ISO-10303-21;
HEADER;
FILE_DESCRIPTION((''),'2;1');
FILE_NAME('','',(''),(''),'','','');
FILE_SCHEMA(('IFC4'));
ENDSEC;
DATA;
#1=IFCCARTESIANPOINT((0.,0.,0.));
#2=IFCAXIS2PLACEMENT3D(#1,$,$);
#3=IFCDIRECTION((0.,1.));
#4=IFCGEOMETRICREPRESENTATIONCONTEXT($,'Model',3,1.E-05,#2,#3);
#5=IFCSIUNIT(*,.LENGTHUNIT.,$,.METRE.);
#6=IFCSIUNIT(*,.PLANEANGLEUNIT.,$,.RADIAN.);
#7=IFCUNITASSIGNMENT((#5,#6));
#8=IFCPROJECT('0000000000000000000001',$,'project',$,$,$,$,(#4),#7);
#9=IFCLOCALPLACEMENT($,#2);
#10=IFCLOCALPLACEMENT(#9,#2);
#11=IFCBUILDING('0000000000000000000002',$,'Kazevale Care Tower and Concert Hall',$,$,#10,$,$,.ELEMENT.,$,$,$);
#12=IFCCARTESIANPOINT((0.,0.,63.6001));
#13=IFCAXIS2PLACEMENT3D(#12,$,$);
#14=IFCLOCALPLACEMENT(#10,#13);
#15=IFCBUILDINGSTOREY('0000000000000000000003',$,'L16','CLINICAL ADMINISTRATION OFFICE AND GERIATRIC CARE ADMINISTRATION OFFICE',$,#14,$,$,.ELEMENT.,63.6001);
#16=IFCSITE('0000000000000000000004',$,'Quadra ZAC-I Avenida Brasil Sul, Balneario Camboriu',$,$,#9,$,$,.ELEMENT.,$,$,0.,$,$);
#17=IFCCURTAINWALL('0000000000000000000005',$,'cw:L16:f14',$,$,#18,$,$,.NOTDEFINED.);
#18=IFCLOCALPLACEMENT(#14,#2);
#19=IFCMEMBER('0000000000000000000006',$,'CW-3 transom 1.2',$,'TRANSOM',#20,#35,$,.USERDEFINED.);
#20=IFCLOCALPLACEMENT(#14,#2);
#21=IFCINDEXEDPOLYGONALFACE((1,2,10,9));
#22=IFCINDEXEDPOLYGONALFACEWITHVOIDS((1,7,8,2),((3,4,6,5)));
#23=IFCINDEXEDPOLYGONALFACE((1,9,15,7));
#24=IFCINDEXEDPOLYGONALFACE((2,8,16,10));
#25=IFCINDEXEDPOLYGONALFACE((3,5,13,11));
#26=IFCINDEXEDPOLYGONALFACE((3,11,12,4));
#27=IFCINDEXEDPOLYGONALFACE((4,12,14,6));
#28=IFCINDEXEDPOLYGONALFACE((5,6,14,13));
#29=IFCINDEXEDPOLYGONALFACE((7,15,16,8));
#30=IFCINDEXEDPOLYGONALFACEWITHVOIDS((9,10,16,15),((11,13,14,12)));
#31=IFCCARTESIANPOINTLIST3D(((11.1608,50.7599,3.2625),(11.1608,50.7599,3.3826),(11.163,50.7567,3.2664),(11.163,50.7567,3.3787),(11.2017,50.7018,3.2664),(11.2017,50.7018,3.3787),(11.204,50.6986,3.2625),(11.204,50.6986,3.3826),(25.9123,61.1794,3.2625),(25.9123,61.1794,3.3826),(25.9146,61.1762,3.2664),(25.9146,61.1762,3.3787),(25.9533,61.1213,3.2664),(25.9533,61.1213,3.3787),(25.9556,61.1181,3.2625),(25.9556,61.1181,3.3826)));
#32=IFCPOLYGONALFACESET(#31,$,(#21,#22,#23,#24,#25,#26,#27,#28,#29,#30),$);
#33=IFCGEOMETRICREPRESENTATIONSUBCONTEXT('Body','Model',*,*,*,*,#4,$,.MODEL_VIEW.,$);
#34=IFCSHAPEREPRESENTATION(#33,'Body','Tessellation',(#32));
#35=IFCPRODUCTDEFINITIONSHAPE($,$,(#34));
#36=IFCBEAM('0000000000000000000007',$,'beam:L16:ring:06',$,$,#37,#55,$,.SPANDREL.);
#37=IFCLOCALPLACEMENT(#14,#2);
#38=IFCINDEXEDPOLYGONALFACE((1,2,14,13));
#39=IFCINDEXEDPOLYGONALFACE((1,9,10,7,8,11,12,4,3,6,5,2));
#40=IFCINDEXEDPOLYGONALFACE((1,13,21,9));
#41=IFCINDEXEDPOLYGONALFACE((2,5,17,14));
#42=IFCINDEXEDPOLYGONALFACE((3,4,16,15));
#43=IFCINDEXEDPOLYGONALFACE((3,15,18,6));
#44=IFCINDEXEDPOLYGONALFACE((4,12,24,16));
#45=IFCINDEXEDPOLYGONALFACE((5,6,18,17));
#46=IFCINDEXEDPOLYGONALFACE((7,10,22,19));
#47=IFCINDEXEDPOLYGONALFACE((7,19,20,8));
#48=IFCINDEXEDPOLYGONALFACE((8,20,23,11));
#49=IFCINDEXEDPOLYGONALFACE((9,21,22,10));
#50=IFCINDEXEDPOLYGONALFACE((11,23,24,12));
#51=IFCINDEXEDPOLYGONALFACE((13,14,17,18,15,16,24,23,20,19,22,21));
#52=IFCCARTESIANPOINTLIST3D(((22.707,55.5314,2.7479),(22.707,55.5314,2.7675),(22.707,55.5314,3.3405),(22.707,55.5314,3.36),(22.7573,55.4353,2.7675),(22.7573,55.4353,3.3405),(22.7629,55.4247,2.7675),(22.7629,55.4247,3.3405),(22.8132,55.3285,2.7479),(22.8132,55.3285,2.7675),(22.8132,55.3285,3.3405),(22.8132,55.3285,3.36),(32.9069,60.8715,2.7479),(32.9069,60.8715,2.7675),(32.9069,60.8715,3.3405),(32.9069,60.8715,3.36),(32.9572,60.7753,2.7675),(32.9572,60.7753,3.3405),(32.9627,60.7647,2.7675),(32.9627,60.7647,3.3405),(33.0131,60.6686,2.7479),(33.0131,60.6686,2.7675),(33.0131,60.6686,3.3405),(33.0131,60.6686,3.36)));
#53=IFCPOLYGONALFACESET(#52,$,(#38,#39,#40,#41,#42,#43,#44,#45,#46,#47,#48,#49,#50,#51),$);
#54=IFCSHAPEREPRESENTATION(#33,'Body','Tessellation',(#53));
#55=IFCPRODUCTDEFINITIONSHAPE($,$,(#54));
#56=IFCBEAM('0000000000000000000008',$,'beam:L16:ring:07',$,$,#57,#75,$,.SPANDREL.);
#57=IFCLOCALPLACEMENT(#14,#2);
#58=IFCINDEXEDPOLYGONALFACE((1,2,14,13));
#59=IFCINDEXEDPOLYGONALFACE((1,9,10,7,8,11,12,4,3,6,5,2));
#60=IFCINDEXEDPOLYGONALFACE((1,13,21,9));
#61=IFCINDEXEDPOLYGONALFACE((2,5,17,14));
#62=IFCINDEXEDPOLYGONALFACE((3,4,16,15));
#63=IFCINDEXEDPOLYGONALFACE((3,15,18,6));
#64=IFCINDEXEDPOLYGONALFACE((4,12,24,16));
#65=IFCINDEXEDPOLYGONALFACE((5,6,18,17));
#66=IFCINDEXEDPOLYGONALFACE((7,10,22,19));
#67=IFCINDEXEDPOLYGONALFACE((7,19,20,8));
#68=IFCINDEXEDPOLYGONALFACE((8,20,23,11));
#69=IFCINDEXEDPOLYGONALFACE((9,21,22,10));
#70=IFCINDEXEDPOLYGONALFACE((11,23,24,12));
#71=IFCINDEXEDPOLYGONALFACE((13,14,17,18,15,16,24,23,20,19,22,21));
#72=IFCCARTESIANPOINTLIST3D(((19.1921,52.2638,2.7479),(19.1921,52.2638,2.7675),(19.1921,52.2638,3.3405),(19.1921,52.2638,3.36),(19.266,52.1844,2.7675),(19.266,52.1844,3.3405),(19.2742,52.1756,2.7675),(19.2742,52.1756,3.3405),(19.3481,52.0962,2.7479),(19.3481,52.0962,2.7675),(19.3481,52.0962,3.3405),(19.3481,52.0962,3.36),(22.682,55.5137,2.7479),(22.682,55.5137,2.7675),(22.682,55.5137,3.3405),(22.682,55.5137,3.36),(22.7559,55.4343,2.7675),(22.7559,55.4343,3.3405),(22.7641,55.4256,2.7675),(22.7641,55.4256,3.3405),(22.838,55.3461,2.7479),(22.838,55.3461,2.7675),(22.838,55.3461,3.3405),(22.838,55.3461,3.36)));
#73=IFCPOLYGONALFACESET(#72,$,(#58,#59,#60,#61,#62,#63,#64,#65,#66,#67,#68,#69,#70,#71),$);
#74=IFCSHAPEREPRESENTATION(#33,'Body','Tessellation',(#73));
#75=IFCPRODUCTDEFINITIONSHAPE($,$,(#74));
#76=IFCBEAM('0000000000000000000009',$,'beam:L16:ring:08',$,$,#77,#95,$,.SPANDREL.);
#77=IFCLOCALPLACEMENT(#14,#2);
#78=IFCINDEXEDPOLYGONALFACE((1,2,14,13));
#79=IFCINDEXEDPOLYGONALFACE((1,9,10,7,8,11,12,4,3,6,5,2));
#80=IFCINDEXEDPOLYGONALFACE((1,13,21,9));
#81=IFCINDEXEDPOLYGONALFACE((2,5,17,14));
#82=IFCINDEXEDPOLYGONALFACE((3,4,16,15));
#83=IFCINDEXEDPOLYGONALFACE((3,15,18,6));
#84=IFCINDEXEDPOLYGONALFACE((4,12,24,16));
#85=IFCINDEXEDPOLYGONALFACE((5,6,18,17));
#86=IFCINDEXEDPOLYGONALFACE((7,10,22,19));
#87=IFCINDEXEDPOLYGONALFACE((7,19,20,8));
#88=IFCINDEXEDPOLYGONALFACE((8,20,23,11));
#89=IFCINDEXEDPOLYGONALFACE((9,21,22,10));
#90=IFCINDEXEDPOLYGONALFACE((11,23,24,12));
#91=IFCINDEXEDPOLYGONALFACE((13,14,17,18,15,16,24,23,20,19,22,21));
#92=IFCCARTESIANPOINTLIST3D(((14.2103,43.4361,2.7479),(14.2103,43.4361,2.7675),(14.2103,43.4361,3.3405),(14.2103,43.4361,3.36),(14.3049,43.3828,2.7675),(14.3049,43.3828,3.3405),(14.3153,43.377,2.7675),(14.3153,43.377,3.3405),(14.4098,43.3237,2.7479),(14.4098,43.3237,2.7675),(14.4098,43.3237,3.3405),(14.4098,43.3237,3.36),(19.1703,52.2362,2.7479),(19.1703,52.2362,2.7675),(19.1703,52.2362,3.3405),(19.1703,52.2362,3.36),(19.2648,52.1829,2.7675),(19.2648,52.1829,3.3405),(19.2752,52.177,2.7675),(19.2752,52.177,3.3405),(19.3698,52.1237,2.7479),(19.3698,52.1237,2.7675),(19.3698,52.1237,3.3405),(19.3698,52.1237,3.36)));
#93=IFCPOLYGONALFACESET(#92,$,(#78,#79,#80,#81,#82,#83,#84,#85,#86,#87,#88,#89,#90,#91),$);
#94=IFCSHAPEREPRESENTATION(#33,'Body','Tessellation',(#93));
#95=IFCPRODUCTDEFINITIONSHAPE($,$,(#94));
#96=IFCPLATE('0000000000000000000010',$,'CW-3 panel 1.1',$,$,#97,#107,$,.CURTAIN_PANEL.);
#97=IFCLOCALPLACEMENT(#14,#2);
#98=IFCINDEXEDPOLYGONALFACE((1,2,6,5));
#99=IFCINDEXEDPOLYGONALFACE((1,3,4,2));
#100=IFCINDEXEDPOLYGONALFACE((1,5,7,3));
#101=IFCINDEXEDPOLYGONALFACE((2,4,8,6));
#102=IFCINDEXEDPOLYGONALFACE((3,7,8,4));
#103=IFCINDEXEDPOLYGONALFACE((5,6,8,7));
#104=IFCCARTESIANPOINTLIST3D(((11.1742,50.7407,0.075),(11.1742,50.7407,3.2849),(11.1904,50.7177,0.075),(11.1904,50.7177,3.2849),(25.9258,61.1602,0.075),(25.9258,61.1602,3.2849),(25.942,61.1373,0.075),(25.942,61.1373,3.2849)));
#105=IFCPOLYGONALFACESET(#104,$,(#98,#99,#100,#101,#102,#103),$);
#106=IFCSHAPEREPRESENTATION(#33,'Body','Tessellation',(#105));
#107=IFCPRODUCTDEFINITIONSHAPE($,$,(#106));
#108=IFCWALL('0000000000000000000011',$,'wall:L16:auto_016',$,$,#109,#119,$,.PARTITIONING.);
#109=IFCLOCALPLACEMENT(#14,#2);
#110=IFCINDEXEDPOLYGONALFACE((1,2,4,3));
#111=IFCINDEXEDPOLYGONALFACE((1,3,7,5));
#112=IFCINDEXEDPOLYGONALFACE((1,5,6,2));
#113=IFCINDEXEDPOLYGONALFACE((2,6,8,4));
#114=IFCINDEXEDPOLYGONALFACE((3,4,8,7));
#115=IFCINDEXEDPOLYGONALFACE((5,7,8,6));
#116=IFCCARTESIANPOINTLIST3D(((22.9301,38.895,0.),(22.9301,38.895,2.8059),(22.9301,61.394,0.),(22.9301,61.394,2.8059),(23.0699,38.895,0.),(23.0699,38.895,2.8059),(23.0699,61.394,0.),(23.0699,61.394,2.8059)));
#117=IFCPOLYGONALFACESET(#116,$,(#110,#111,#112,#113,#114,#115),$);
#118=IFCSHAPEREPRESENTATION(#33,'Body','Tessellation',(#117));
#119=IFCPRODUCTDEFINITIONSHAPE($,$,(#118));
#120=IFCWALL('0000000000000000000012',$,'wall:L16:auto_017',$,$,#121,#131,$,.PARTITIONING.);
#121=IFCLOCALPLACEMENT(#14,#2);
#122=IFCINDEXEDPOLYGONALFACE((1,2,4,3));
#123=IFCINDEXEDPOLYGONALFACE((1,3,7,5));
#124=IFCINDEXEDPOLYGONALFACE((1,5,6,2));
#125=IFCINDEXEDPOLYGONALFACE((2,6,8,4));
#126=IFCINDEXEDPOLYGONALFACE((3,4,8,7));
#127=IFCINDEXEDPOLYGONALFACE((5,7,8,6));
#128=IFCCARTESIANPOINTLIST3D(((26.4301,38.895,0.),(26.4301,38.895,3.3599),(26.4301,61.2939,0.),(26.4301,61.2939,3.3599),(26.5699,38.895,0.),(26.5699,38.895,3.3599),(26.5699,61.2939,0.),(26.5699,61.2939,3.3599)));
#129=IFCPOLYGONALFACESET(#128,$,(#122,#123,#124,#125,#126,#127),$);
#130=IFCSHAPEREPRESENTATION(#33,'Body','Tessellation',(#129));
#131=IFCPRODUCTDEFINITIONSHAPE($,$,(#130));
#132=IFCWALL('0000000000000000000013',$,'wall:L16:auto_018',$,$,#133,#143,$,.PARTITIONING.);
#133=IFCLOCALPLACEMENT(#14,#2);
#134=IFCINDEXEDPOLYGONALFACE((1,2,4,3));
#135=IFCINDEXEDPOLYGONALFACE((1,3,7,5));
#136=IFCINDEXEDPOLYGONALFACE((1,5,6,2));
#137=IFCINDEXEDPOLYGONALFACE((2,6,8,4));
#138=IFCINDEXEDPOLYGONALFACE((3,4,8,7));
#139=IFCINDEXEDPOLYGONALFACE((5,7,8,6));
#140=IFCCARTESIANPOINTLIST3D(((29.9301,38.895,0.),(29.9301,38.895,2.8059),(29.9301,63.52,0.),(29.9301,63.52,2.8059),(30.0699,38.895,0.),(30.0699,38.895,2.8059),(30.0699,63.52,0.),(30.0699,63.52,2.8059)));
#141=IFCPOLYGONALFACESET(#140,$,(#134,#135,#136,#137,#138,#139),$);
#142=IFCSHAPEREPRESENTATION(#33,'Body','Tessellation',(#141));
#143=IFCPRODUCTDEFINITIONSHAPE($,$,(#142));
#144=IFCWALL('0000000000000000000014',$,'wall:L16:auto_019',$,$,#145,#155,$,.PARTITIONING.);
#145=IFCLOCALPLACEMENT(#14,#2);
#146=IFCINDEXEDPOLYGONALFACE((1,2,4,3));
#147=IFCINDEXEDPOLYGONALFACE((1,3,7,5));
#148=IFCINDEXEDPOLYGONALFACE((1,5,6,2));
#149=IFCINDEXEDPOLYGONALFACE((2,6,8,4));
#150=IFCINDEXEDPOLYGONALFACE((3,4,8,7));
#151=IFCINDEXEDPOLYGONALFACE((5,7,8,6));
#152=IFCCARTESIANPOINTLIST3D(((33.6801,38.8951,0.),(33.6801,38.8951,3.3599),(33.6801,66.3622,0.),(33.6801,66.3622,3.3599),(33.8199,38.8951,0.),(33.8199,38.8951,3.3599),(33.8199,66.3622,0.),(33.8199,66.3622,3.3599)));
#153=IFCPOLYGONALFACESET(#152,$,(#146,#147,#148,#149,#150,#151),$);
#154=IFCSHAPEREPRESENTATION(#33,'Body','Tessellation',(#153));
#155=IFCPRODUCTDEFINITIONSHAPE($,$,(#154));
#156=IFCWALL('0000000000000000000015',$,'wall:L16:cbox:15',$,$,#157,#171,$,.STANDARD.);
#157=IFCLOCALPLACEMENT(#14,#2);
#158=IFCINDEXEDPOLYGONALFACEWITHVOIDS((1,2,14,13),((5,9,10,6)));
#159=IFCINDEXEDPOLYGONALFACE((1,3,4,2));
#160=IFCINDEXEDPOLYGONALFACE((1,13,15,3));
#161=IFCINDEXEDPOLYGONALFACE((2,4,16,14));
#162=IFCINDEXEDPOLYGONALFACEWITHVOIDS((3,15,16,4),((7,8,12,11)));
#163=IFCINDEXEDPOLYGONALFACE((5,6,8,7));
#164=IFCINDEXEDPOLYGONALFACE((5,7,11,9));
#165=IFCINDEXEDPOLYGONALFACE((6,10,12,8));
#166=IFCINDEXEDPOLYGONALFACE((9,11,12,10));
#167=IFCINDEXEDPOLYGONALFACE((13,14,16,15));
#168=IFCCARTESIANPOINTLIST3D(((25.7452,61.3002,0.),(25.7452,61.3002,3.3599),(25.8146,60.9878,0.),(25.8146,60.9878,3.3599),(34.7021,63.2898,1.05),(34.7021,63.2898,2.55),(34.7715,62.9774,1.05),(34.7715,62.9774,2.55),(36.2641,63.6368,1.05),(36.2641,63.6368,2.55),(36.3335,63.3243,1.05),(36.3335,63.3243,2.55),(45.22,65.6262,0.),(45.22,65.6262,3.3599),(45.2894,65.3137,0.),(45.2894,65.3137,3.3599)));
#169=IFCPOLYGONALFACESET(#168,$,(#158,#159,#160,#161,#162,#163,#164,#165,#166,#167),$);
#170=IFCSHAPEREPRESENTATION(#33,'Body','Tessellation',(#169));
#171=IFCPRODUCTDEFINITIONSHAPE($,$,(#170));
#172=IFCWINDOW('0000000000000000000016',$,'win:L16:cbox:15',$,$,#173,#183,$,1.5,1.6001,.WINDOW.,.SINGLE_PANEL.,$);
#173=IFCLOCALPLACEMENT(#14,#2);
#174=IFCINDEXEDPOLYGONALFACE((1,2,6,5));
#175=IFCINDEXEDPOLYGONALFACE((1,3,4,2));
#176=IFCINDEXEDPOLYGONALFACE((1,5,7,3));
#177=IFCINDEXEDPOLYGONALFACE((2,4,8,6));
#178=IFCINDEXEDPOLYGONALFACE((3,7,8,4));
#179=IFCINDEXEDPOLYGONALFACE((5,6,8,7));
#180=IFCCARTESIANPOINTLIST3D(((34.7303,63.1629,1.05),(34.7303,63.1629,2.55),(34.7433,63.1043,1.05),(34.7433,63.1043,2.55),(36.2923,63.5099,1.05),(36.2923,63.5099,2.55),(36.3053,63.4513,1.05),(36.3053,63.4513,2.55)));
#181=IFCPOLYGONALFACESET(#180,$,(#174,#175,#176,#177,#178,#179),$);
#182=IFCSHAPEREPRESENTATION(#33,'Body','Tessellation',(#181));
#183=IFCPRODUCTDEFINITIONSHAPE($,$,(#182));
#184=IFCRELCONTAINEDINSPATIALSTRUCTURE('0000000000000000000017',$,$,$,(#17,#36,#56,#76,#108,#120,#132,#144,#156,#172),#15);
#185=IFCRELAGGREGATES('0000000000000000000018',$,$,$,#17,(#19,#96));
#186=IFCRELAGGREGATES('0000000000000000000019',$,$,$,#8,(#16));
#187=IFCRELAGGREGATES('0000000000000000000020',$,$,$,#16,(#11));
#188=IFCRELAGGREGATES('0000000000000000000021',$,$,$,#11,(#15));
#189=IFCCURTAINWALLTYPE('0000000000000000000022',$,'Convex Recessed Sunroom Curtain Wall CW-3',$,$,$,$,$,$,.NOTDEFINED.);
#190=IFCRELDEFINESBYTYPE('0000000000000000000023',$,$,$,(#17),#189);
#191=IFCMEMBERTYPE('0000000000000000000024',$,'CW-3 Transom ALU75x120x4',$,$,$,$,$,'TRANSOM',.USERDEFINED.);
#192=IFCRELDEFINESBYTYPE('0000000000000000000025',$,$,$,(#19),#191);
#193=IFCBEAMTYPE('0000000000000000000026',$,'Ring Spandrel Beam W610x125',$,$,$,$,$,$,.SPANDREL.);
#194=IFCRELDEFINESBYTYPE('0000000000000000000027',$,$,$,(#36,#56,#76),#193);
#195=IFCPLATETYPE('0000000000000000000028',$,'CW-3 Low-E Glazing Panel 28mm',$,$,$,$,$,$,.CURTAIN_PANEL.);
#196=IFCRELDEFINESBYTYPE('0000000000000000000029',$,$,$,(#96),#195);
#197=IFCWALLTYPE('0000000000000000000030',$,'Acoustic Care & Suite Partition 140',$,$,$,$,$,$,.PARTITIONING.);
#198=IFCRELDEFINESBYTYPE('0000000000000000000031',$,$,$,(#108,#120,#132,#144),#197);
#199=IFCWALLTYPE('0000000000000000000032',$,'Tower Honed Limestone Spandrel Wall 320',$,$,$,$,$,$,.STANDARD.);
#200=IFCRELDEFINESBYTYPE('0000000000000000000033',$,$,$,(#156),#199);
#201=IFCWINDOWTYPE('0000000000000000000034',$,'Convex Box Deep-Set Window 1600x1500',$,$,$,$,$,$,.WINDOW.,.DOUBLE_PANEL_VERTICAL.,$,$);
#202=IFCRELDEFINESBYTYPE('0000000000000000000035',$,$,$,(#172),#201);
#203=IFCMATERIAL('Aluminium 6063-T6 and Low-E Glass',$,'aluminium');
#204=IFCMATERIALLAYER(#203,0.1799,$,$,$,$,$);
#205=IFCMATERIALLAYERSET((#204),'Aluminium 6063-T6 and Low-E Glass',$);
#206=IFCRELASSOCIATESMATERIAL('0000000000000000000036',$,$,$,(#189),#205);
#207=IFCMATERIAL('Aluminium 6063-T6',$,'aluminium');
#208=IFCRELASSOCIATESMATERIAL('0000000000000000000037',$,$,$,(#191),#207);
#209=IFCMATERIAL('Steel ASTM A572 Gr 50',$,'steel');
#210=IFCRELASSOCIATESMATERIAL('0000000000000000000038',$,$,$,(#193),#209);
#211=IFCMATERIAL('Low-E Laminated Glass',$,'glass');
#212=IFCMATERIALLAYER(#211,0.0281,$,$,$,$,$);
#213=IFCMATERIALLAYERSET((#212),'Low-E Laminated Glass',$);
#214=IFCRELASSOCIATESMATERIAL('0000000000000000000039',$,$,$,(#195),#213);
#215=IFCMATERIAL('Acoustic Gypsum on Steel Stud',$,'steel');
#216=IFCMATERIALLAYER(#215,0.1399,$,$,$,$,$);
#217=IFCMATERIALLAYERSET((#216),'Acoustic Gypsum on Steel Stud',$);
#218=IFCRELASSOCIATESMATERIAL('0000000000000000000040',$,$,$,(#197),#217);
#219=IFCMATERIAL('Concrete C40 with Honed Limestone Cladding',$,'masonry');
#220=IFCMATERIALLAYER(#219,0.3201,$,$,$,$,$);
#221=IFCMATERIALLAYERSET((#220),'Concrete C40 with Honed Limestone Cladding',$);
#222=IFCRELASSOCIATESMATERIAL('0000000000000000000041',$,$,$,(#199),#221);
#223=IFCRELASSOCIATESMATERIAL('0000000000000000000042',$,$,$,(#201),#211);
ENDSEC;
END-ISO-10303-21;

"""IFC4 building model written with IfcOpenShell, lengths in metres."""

from ifc_helpers import new_model, si_unit, direction, frame, frame_2d, origin, origin_2d, place, context, subcontext, project, spatial, rectangle, hollow_rectangle, i_section, extrude, material, layer, layer_set, material_profile, profile_set, type_object, element, fill, aggregate, save


model = new_model("IFC4")

# Units and contexts
model_context = context("Model", 3, precision=1e-05, world=origin(), true_north=direction((0.0, 1.0)))
body_context = subcontext(model_context, "Body", "Model", "MODEL_VIEW")
ifc_project = project(units=[si_unit("LENGTHUNIT", "METRE"), si_unit("PLANEANGLEUNIT", "RADIAN")], contexts=[model_context])

# Site, building, storey
site_placement = place(None, origin())
site = spatial("IfcSite", under=ifc_project, at=site_placement, Name="Quadra ZAC-I Avenida Brasil Sul, Balneario Camboriu", CompositionType="ELEMENT", RefElevation=0.0)
building_placement = place(site_placement, origin())
building = spatial("IfcBuilding", under=site, at=building_placement, Name="Kazevale Care Tower and Concert Hall", CompositionType="ELEMENT")
storey_placement = place(building_placement, frame((0.0, 0.0, 63.6001)))
storey = spatial("IfcBuildingStorey", under=building, at=storey_placement, Name="L16", Description="CLINICAL ADMINISTRATION OFFICE AND GERIATRIC CARE ADMINISTRATION OFFICE", CompositionType="ELEMENT", Elevation=63.6001)

# Curtain wall, member
ifc_material_1 = material(Name="Aluminium 6063-T6 and Low-E Glass", Category="aluminium")
ifc_layer_1 = layer(ifc_material_1, 0.1799)
ifc_layer_set_1 = layer_set([ifc_layer_1], Name="Aluminium 6063-T6 and Low-E Glass")
curtain_wall_type = type_object("IfcCurtainWallType", Name="Convex Recessed Sunroom Curtain Wall CW-3", PredefinedType="NOTDEFINED", material=ifc_layer_set_1)
curtain_wall_placement = place(storey_placement, origin())
curtain_wall = element("IfcCurtainWall", 1, at=curtain_wall_placement, inside=storey, type_object=curtain_wall_type, Name="cw:L16:f14", PredefinedType="NOTDEFINED")
ifc_material_2 = material(Name="Aluminium 6063-T6", Category="aluminium")
ifc_material_profile_1 = material_profile(ifc_material_2, hollow_rectangle(XDim=0.075, YDim=0.1201, WallThickness=0.0039, at=origin_2d()), Name="ALU75x120x4")
ifc_profile_set_1 = profile_set([ifc_material_profile_1], Name="Aluminium 6063-T6")
member_type_1 = type_object("IfcMemberType", Name="CW-3 Transom ALU75x120x4", ElementType="TRANSOM", PredefinedType="USERDEFINED", material=ifc_profile_set_1)
member_1_placement = place(storey_placement, frame((11.1824, 50.7292, 3.3225), z_axis=(0.816795, 0.576928, 0.0), x_axis=(-0.576928, 0.816795, 0.0)))
member_1 = element("IfcMember", 2, at=member_1_placement, type_object=member_type_1, Name="CW-3 transom 1.2", ObjectType="TRANSOM", PredefinedType="USERDEFINED", context=body_context, shape_type="SweptSolid", body=[
    extrude(hollow_rectangle(XDim=0.075, YDim=0.1201, WallThickness=0.0039, at=origin_2d()), origin(), (0.0, 0.0, 1.0), 18.0603),
])

# Beams
ifc_material_3 = material(Name="Steel ASTM A572 Gr 50", Category="steel")
ifc_material_profile_2 = material_profile(ifc_material_3, i_section(OverallWidth=0.229, OverallDepth=0.6121, WebThickness=0.012, FlangeThickness=0.0195, at=origin_2d()), Name="W610x125")
ifc_profile_set_2 = profile_set([ifc_material_profile_2], Name="Steel ASTM A572 Gr 50")
beam_type = type_object("IfcBeamType", Name="Ring Spandrel Beam W610x125", PredefinedType="SPANDREL", material=ifc_profile_set_2)
beam_1_placement = place(storey_placement, frame((32.96, 60.77, 3.054), z_axis=(-0.885929, -0.46382, 0.0), x_axis=(0.46382, -0.885929, 0.0)))
element("IfcBeam", 3, at=beam_1_placement, inside=storey, type_object=beam_type, Name="beam:L16:ring:06", PredefinedType="SPANDREL", context=body_context, shape_type="SweptSolid", body=[
    extrude(i_section(OverallWidth=0.229, OverallDepth=0.6121, WebThickness=0.012, FlangeThickness=0.0195, at=origin_2d()), origin(), (0.0, 0.0, 1.0), 11.5132),
])
beam_2_placement = place(storey_placement, frame((22.76, 55.4299, 3.054), z_axis=(-0.731821, -0.681497, 0.0), x_axis=(0.681497, -0.731821, 0.0)))
element("IfcBeam", 4, at=beam_2_placement, inside=storey, type_object=beam_type, Name="beam:L16:ring:07", PredefinedType="SPANDREL", context=body_context, shape_type="SweptSolid", body=[
    extrude(i_section(OverallWidth=0.229, OverallDepth=0.6121, WebThickness=0.012, FlangeThickness=0.0195, at=origin_2d()), origin(), (0.0, 0.0, 1.0), 4.7688),
])
beam_3_placement = place(storey_placement, frame((19.27, 52.1799, 3.054), z_axis=(-0.491008, -0.871155, 0.0), x_axis=(0.871155, -0.491008, 0.0)))
element("IfcBeam", 5, at=beam_3_placement, inside=storey, type_object=beam_type, Name="beam:L16:ring:08", PredefinedType="SPANDREL", context=body_context, shape_type="SweptSolid", body=[
    extrude(i_section(OverallWidth=0.229, OverallDepth=0.6121, WebThickness=0.012, FlangeThickness=0.0195, at=origin_2d()), origin(), (0.0, 0.0, 1.0), 10.1016),
])

# Plate
ifc_material_4 = material(Name="Low-E Laminated Glass", Category="glass")
ifc_layer_2 = layer(ifc_material_4, 0.0281)
ifc_layer_set_2 = layer_set([ifc_layer_2], Name="Low-E Laminated Glass")
plate_type = type_object("IfcPlateType", Name="CW-3 Low-E Glazing Panel 28mm", PredefinedType="CURTAIN_PANEL", material=ifc_layer_set_2)
plate_placement = place(storey_placement, frame((18.5581, 55.939, 0.075), z_axis=(0.0, 0.0, 1.0), x_axis=(0.816794, 0.576929, 0.0)))
plate = element("IfcPlate", 6, at=plate_placement, type_object=plate_type, Name="CW-3 panel 1.1", PredefinedType="CURTAIN_PANEL", context=body_context, shape_type="SweptSolid", body=[
    extrude(rectangle(XDim=18.0603, YDim=0.0281, at=origin_2d()), origin(), (0.0, 0.0, 1.0), 3.21),
])
aggregate(curtain_wall, [member_1, plate])

# Walls
ifc_material_5 = material(Name="Acoustic Gypsum on Steel Stud", Category="steel")
ifc_layer_3 = layer(ifc_material_5, 0.1399)
ifc_layer_set_3 = layer_set([ifc_layer_3], Name="Acoustic Gypsum on Steel Stud")
wall_type_1 = type_object("IfcWallType", Name="Acoustic Care & Suite Partition 140", PredefinedType="PARTITIONING", material=ifc_layer_set_3)
wall_1_placement = place(storey_placement, frame((23.0, 61.394, 0.0), z_axis=(0.0, 0.0, 1.0), x_axis=(0.0, -1.0, 0.0)))
element("IfcWall", 7, at=wall_1_placement, inside=storey, type_object=wall_type_1, Name="wall:L16:auto_016", PredefinedType="PARTITIONING", context=body_context, shape_type="SweptSolid", body=[
    extrude(rectangle(XDim=22.499, YDim=0.1399, at=frame_2d((11.2495, 0.0))), origin(), (0.0, 0.0, 1.0), 2.8059),
])
wall_2_placement = place(storey_placement, frame((26.5, 61.2939, 0.0), z_axis=(0.0, 0.0, 1.0), x_axis=(0.0, -1.0, 0.0)))
element("IfcWall", 8, at=wall_2_placement, inside=storey, type_object=wall_type_1, Name="wall:L16:auto_017", PredefinedType="PARTITIONING", context=body_context, shape_type="SweptSolid", body=[
    extrude(rectangle(XDim=22.3989, YDim=0.1399, at=frame_2d((11.1995, 0.0))), origin(), (0.0, 0.0, 1.0), 3.3599),
])
wall_3_placement = place(storey_placement, frame((30.0, 63.52, 0.0), z_axis=(0.0, 0.0, 1.0), x_axis=(0.0, -1.0, 0.0)))
element("IfcWall", 9, at=wall_3_placement, inside=storey, type_object=wall_type_1, Name="wall:L16:auto_018", PredefinedType="PARTITIONING", context=body_context, shape_type="SweptSolid", body=[
    extrude(rectangle(XDim=24.625, YDim=0.1399, at=frame_2d((12.3125, 0.0))), origin(), (0.0, 0.0, 1.0), 2.8059),
])
wall_4_placement = place(storey_placement, frame((33.75, 66.3621, 0.0), z_axis=(0.0, 0.0, 1.0), x_axis=(0.0, -1.0, 0.0)))
element("IfcWall", 10, at=wall_4_placement, inside=storey, type_object=wall_type_1, Name="wall:L16:auto_019", PredefinedType="PARTITIONING", context=body_context, shape_type="SweptSolid", body=[
    extrude(rectangle(XDim=27.467, YDim=0.1399, at=frame_2d((13.7334, 0.0))), origin(), (0.0, 0.0, 1.0), 3.3599),
])

# Wall, opening, window
ifc_material_6 = material(Name="Concrete C40 with Honed Limestone Cladding", Category="masonry")
ifc_layer_4 = layer(ifc_material_6, 0.3201)
ifc_layer_set_4 = layer_set([ifc_layer_4], Name="Concrete C40 with Honed Limestone Cladding")
wall_type_2 = type_object("IfcWallType", Name="Tower Honed Limestone Spandrel Wall 320", PredefinedType="STANDARD", material=ifc_layer_set_4)
wall_5_placement = place(storey_placement, frame((25.78, 61.144, 0.0), z_axis=(0.0, 0.0, 1.0), x_axis=(0.976206, 0.216844, 0.0)))
wall_5 = element("IfcWall", 11, at=wall_5_placement, inside=storey, type_object=wall_type_2, Name="wall:L16:cbox:15", PredefinedType="STANDARD", context=body_context, shape_type="SweptSolid", body=[
    extrude(rectangle(XDim=19.9495, YDim=0.3201, at=frame_2d((9.9746, 0.0))), origin(), (0.0, 0.0, 1.0), 3.3599),
])
opening_placement = place(wall_5_placement, frame((9.175, 0.0, 1.05)))
opening = element("IfcOpeningElement", 12, at=opening_placement, cuts=wall_5, PredefinedType="OPENING", context=body_context, shape_type="SweptSolid", body=[
    extrude(rectangle(XDim=1.6001, YDim=1.5, at=frame_2d((0.8, 0.75))), frame((0.0, 0.1699, 0.0), z_axis=(0.0, -1.0, 0.0), x_axis=(1.0, 0.0, 0.0)), (0.0, 0.0, 1.0), 0.3401),
])
window_type = type_object("IfcWindowType", Name="Convex Box Deep-Set Window 1600x1500", PartitioningType="DOUBLE_PANEL_VERTICAL", PredefinedType="WINDOW", material=ifc_material_4)
window_placement = place(opening_placement, origin())
window = element("IfcWindow", 13, at=window_placement, inside=storey, type_object=window_type, Name="win:L16:cbox:15", OverallHeight=1.5, OverallWidth=1.6001, PartitioningType="SINGLE_PANEL", PredefinedType="WINDOW", context=body_context, shape_type="SweptSolid", body=[
    extrude(rectangle(XDim=1.6001, YDim=1.5, at=frame_2d((0.8, 0.75))), frame((0.0, 0.03, 0.0), z_axis=(0.0, -1.0, 0.0), x_axis=(1.0, 0.0, 0.0)), (0.0, 0.0, 1.0), 0.0601),
])
fill(opening, window)

save(model, "model.ifc")
